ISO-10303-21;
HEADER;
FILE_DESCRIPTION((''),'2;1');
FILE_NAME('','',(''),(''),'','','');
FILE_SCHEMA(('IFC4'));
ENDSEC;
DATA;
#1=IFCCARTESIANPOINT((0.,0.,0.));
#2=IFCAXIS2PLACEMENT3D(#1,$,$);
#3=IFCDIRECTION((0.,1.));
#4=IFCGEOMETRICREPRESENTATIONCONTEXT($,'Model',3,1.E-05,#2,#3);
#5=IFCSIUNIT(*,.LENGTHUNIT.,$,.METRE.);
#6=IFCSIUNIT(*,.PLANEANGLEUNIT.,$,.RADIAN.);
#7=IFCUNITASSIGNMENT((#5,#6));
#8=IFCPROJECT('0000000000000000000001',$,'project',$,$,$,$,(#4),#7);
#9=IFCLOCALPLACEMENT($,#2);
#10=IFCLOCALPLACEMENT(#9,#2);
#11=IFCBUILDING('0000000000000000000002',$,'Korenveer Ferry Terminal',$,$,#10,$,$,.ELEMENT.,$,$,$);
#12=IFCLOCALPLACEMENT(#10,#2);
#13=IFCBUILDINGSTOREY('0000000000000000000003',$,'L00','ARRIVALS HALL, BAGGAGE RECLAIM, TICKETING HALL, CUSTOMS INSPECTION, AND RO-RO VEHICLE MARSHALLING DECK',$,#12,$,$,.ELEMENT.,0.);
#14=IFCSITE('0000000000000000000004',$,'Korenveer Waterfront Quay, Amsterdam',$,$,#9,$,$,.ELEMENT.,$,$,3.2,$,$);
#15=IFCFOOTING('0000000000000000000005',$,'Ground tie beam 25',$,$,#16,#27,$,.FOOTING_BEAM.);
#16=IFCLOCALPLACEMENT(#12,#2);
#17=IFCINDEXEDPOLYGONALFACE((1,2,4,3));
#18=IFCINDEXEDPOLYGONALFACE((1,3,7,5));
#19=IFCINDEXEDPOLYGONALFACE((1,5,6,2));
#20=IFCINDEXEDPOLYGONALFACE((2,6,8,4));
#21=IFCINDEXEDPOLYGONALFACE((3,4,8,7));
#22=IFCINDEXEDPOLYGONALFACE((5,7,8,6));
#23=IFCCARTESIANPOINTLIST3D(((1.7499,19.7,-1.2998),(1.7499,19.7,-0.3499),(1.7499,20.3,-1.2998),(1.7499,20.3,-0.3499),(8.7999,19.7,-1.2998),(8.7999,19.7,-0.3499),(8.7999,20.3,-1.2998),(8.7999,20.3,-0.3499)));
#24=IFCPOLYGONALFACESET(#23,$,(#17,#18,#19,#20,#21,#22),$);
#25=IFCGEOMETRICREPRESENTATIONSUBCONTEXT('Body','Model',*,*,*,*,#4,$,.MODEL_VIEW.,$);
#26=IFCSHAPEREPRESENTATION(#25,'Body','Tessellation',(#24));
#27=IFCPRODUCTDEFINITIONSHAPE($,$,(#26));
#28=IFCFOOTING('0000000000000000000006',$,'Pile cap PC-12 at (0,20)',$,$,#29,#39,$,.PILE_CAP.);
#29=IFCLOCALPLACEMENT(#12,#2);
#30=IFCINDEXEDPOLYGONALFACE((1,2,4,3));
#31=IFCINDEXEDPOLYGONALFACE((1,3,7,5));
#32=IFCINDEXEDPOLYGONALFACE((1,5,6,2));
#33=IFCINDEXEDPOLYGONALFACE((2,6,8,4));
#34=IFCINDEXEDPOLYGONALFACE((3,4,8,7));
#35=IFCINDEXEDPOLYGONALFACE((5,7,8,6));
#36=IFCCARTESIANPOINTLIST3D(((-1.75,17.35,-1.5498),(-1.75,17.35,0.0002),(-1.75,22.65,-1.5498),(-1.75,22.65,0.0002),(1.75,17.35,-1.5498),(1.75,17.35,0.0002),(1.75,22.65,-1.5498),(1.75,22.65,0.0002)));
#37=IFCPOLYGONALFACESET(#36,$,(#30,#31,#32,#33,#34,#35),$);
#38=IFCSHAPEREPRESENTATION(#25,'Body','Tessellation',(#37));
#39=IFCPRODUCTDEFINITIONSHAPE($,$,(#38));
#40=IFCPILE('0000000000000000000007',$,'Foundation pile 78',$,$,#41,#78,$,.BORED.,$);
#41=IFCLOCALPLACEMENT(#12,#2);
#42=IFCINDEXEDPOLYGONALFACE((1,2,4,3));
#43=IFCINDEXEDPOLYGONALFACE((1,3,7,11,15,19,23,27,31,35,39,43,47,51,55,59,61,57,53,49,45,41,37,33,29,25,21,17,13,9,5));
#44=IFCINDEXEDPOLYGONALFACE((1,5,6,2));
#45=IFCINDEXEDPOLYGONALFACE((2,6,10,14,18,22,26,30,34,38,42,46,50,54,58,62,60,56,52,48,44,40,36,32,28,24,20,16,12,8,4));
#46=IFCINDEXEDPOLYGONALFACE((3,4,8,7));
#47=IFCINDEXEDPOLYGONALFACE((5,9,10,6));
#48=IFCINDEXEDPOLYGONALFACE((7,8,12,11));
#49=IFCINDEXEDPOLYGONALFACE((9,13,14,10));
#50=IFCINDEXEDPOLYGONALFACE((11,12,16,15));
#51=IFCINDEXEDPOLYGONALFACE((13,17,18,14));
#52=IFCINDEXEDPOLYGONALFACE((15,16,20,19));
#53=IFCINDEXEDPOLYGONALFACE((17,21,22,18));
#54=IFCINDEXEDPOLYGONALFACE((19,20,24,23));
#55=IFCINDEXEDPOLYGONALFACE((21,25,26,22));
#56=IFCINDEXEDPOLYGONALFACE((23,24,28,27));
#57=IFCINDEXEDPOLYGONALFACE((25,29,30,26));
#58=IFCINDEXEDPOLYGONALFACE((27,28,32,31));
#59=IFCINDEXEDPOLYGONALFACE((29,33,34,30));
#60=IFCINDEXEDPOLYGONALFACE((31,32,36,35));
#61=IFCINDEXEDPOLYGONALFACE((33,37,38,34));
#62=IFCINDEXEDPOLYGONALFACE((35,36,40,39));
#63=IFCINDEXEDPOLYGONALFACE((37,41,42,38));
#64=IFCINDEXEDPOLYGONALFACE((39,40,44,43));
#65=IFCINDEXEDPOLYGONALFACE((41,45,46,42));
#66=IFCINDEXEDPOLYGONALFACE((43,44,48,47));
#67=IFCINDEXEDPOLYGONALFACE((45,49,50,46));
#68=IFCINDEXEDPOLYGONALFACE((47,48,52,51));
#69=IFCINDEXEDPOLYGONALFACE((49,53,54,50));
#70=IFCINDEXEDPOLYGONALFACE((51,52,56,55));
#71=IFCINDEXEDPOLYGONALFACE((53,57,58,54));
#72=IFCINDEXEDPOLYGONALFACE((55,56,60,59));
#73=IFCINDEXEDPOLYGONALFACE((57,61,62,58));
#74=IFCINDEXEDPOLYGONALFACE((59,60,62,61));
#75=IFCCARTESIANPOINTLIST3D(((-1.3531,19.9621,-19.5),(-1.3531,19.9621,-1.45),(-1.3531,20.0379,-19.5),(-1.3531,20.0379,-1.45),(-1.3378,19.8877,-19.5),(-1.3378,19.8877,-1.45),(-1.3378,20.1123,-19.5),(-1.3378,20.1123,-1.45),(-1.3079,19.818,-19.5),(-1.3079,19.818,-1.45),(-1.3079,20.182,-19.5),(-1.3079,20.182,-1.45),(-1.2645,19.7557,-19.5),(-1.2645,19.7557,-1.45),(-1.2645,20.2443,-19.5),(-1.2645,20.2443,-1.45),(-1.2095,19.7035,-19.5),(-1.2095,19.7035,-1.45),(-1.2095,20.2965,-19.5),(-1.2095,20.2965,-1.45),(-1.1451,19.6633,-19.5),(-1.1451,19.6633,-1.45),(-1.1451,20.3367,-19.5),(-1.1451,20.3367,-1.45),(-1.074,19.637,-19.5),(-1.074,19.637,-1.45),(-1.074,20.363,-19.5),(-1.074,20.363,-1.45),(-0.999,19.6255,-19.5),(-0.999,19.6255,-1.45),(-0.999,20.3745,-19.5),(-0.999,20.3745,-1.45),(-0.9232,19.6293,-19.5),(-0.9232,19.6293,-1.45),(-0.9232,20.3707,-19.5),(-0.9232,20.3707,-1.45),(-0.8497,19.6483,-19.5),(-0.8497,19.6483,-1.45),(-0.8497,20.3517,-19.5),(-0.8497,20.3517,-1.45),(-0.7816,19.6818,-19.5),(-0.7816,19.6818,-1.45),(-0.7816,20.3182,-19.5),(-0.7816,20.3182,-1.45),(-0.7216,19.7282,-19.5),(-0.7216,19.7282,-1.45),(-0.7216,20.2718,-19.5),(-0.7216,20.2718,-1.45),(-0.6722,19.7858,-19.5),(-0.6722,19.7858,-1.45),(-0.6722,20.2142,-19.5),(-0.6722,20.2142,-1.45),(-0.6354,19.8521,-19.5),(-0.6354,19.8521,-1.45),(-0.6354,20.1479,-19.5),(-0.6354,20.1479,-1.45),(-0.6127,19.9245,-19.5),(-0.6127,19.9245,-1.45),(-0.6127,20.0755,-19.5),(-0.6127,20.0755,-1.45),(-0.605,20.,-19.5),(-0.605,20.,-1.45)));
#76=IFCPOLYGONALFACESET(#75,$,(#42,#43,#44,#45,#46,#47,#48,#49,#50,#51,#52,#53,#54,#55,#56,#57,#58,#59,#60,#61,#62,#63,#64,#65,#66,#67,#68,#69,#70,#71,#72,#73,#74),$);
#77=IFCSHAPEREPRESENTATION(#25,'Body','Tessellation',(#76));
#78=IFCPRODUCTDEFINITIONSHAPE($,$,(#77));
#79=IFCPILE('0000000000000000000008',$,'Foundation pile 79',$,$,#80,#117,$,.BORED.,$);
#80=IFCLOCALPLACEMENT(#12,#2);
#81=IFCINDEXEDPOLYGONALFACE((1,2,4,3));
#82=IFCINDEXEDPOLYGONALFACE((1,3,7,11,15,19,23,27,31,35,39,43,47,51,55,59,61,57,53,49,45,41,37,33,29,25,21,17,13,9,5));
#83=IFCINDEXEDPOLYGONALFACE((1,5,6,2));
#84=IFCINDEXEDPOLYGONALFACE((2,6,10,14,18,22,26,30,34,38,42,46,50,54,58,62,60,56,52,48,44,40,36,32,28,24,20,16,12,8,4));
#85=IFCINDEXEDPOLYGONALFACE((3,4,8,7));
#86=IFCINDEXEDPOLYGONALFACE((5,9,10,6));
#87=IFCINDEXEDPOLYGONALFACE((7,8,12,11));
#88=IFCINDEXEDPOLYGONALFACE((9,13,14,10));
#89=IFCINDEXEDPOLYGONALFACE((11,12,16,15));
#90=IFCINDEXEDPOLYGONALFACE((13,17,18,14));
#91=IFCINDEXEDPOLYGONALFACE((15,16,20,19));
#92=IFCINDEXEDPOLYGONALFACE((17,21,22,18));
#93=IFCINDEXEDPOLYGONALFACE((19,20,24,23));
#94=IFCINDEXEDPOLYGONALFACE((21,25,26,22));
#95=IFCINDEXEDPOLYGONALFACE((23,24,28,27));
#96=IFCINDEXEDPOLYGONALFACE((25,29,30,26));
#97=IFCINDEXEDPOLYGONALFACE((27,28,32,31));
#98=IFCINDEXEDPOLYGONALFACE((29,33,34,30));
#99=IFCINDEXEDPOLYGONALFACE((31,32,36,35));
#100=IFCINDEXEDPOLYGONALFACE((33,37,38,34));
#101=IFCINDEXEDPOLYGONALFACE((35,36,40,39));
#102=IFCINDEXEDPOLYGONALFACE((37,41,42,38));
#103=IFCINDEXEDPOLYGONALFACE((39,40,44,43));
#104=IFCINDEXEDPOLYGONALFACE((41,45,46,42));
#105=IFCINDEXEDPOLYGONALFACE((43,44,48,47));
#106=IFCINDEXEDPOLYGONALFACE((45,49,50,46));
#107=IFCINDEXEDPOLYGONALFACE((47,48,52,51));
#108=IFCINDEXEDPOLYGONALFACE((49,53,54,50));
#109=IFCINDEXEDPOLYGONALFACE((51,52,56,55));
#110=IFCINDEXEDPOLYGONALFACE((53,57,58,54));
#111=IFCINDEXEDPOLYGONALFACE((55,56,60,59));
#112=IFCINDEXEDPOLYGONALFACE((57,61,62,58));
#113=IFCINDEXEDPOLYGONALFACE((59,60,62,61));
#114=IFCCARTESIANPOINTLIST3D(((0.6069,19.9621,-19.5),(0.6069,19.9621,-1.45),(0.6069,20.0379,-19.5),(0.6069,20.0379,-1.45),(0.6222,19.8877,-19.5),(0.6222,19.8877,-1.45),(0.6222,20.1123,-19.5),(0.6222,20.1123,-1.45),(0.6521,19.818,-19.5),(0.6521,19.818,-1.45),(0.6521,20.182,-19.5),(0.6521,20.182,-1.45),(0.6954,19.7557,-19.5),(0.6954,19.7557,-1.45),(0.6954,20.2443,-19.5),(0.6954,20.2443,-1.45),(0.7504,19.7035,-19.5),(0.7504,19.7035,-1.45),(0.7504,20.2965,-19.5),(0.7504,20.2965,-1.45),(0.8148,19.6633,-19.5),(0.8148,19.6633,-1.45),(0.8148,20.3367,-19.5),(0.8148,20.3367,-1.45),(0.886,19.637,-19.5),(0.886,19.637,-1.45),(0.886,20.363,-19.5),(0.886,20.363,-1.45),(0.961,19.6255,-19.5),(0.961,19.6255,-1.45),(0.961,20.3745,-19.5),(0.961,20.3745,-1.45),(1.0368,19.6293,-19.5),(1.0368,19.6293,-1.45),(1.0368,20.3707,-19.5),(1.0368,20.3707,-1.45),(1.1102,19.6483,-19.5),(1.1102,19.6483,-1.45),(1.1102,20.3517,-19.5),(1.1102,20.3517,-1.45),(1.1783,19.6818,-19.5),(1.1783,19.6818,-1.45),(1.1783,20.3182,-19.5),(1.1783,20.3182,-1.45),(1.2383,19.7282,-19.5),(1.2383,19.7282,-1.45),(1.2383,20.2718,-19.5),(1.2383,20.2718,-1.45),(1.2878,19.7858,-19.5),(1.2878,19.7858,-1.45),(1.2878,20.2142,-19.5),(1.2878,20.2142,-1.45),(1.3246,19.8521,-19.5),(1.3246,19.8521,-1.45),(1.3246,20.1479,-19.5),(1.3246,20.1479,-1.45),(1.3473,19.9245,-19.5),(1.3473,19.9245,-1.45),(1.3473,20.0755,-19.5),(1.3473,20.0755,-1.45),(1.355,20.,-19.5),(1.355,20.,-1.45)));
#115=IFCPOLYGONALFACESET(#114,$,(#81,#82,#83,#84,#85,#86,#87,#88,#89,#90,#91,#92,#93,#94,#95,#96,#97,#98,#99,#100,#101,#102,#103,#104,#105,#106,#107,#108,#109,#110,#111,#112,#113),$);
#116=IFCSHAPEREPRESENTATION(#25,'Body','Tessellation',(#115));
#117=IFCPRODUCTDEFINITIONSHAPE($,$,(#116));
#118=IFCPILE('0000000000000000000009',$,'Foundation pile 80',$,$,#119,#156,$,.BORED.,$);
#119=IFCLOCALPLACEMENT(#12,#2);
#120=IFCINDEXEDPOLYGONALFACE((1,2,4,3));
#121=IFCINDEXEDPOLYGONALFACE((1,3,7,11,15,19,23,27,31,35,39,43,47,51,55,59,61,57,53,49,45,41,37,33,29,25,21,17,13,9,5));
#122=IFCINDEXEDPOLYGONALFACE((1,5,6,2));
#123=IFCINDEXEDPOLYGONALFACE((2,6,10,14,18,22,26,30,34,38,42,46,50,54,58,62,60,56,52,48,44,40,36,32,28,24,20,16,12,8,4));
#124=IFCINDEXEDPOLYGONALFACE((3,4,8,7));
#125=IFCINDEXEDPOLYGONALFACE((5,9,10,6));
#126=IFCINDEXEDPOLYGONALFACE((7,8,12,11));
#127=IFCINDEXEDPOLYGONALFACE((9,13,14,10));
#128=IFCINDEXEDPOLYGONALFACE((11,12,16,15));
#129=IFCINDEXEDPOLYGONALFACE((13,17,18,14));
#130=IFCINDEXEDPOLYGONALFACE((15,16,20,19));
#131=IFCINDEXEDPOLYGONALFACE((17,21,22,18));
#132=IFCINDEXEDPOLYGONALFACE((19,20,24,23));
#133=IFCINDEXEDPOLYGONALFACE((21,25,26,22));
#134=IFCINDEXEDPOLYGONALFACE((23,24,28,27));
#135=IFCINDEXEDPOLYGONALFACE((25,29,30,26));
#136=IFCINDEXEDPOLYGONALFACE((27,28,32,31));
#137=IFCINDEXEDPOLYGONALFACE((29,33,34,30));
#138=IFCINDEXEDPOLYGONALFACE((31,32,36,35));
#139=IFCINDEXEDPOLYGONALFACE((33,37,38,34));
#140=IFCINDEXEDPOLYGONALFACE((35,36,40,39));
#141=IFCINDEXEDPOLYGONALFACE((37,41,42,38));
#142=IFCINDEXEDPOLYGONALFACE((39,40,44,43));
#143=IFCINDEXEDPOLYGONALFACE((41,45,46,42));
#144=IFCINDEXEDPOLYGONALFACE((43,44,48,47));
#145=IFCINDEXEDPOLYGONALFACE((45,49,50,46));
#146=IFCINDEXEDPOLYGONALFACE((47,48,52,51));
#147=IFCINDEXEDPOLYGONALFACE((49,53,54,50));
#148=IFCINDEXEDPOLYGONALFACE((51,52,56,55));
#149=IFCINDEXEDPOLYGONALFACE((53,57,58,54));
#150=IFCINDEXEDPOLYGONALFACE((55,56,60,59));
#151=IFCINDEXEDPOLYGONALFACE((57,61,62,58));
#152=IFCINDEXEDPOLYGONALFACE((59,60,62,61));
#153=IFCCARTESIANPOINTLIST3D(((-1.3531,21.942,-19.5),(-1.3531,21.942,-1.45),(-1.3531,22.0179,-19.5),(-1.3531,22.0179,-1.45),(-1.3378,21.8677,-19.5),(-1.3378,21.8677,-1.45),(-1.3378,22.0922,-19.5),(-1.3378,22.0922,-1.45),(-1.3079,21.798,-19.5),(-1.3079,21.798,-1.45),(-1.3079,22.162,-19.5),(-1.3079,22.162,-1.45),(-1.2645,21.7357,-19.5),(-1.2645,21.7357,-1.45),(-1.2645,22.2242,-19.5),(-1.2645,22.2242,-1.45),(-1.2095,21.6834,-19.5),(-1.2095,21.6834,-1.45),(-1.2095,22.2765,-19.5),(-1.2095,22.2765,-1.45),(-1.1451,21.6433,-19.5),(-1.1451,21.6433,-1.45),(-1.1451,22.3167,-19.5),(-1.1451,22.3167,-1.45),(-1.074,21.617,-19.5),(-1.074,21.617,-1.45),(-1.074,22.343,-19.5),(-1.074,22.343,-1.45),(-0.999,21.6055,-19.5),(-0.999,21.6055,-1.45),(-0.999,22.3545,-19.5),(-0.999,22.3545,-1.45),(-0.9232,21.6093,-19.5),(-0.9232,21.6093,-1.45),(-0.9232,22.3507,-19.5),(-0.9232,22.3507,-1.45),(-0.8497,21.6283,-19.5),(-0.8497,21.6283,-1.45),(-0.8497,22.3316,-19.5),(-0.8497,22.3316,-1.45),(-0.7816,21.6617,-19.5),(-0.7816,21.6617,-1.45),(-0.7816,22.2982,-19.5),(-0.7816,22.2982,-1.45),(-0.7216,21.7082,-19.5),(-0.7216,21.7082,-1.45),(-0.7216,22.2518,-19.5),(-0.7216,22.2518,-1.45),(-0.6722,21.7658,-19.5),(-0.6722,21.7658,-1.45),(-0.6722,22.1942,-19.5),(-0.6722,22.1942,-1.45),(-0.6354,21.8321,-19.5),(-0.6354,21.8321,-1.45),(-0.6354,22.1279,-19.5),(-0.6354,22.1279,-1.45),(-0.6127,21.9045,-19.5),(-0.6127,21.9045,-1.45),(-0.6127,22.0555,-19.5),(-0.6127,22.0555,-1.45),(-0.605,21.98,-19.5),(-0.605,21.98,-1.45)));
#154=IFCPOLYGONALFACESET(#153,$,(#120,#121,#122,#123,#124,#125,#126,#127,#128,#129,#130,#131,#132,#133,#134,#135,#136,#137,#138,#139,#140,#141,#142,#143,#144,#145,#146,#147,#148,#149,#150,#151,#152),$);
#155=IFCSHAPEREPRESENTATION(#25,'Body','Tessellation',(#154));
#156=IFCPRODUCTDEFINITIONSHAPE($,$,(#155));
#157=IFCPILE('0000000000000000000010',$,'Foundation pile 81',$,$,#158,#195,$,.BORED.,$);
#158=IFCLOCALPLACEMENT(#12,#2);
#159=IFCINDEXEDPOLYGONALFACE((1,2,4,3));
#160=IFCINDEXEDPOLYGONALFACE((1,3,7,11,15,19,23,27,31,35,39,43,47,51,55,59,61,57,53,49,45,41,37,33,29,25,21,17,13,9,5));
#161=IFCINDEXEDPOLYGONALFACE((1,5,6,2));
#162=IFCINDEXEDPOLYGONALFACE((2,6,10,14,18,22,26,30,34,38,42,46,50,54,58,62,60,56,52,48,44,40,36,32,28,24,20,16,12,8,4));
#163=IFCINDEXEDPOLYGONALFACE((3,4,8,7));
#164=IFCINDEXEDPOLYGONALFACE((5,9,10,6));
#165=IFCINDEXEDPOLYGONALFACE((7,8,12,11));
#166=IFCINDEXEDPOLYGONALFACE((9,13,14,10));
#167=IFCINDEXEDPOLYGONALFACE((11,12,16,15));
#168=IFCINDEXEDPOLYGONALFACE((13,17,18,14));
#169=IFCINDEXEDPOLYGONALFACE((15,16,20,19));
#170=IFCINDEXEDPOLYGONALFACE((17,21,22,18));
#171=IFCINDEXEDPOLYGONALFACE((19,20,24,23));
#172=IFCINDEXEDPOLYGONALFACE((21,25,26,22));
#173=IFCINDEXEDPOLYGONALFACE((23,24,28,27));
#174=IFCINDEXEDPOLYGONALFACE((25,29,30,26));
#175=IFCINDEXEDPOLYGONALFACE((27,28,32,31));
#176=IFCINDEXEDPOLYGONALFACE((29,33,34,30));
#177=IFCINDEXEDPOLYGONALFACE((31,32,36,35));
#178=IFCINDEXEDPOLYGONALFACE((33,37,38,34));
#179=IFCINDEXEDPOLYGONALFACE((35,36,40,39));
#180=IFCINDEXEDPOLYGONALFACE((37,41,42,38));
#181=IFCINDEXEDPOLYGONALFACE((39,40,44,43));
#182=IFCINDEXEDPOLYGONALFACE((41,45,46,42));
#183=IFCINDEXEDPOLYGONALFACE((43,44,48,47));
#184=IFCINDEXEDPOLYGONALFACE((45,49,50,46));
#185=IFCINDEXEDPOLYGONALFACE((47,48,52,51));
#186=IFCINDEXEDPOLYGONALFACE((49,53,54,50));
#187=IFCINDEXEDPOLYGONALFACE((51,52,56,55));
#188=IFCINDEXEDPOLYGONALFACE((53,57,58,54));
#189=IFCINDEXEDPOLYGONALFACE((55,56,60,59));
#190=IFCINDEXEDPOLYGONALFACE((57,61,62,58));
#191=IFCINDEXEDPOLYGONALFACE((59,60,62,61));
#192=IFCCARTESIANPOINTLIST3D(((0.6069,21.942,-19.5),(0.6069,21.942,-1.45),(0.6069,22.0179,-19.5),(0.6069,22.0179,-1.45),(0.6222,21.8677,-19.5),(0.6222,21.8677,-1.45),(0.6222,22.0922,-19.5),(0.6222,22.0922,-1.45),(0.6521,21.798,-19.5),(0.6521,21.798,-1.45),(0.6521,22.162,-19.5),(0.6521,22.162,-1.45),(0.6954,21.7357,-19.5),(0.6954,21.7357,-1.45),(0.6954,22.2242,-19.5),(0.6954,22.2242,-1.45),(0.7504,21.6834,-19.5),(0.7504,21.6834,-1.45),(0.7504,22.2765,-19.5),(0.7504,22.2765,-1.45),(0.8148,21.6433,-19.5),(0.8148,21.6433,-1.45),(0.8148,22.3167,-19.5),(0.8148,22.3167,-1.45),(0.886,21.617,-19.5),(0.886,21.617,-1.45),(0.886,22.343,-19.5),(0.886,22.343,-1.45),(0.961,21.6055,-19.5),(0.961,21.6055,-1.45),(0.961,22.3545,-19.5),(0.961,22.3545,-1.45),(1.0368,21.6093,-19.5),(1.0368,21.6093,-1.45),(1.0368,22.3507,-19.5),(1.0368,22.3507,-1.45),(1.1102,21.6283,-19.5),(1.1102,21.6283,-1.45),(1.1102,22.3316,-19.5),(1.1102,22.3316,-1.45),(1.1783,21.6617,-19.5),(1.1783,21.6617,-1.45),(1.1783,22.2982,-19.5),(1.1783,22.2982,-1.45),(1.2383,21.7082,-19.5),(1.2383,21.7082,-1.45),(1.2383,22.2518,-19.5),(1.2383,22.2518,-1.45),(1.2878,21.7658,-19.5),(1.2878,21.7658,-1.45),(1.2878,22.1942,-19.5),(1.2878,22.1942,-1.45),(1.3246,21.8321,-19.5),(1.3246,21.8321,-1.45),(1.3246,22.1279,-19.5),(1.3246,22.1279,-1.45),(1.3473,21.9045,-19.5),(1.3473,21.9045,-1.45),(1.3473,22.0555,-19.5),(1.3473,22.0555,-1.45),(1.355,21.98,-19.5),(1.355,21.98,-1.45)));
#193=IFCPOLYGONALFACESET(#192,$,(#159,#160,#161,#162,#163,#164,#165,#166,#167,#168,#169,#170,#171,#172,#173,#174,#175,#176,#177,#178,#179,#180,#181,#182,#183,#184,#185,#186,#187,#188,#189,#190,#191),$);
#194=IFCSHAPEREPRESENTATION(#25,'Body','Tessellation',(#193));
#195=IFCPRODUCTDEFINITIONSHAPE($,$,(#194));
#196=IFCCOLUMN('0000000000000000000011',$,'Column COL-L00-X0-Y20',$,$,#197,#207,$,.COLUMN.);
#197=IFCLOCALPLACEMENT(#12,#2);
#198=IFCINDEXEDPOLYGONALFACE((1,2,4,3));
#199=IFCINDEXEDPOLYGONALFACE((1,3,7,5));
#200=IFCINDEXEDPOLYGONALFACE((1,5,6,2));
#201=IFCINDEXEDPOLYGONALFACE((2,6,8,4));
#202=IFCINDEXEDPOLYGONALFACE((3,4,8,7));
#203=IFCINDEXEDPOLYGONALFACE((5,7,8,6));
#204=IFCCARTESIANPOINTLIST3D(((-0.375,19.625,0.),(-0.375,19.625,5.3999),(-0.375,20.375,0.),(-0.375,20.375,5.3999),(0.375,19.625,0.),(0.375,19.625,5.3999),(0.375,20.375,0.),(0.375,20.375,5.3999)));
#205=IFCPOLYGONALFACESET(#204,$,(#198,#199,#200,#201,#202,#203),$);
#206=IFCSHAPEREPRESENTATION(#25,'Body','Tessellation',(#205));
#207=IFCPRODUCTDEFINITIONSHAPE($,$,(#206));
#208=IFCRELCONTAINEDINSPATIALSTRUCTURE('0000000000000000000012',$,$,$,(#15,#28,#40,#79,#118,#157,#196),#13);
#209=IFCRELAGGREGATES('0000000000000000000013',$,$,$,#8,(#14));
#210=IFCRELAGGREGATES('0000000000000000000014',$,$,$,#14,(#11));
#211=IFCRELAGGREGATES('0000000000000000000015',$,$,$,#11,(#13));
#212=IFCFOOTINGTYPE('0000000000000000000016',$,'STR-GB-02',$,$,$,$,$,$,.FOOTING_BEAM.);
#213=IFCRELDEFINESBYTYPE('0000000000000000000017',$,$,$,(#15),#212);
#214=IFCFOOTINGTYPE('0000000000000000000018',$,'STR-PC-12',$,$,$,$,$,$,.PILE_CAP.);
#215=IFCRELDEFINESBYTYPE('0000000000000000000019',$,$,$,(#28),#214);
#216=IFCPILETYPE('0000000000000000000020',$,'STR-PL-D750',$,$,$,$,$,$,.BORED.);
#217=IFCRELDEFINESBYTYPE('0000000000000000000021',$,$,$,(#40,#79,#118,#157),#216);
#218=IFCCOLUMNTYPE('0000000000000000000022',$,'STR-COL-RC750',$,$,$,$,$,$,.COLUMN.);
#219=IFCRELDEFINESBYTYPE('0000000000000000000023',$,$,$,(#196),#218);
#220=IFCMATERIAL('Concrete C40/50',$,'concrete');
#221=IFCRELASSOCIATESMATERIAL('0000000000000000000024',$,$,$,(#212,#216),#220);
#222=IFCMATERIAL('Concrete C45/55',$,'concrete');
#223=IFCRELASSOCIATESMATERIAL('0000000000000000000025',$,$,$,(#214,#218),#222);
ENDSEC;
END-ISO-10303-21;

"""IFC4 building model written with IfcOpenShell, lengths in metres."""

from ifc_helpers import new_model, si_unit, direction, frame, origin, origin_2d, place, context, subcontext, project, spatial, rectangle, circle, extrude, material, material_profile, profile_set, type_object, element, save


model = new_model("IFC4")

# Units and contexts
model_context = context("Model", 3, precision=1e-05, world=origin(), true_north=direction((0.0, 1.0)))
body_context = subcontext(model_context, "Body", "Model", "MODEL_VIEW")
ifc_project = project(units=[si_unit("LENGTHUNIT", "METRE"), si_unit("PLANEANGLEUNIT", "RADIAN")], contexts=[model_context])

# Site, building, storey
site_placement = place(None, origin())
site = spatial("IfcSite", under=ifc_project, at=site_placement, Name="Korenveer Waterfront Quay, Amsterdam", CompositionType="ELEMENT", RefElevation=3.2)
building_placement = place(site_placement, origin())
building = spatial("IfcBuilding", under=site, at=building_placement, Name="Korenveer Ferry Terminal", CompositionType="ELEMENT")
storey_placement = place(building_placement, origin())
storey = spatial("IfcBuildingStorey", under=building, at=storey_placement, Name="L00", Description="ARRIVALS HALL, BAGGAGE RECLAIM, TICKETING HALL, CUSTOMS INSPECTION, AND RO-RO VEHICLE MARSHALLING DECK", CompositionType="ELEMENT", Elevation=0.0)

# Footings
ifc_material_1 = material(Name="Concrete C40/50", Category="concrete")
footing_type_1 = type_object("IfcFootingType", Name="STR-GB-02", PredefinedType="FOOTING_BEAM", material=ifc_material_1)
footing_1_placement = place(storey_placement, frame((5.2749, 20.0, -1.2998), z_axis=(0.0, 0.0, 1.0), x_axis=(1.0, 0.0, 0.0)))
element("IfcFooting", 1, at=footing_1_placement, inside=storey, type_object=footing_type_1, Name="Ground tie beam 25", PredefinedType="FOOTING_BEAM", context=body_context, shape_type="SweptSolid", body=[
    extrude(rectangle(XDim=7.05, YDim=0.6001, at=origin_2d()), origin(), (0.0, 0.0, 1.0), 0.95),
])
ifc_material_2 = material(Name="Concrete C45/55", Category="concrete")
footing_type_2 = type_object("IfcFootingType", Name="STR-PC-12", PredefinedType="PILE_CAP", material=ifc_material_2)
footing_2_placement = place(storey_placement, frame((0.0, 20.0, -1.5498), z_axis=(0.0, 0.0, 1.0), x_axis=(1.0, 0.0, 0.0)))
element("IfcFooting", 2, at=footing_2_placement, inside=storey, type_object=footing_type_2, Name="Pile cap PC-12 at (0,20)", PredefinedType="PILE_CAP", context=body_context, shape_type="SweptSolid", body=[
    extrude(rectangle(XDim=3.5, YDim=5.3, at=origin_2d()), origin(), (0.0, 0.0, 1.0), 1.55),
])

# Piles
ifc_material_profile_1 = material_profile(ifc_material_1, circle(Radius=0.375, at=origin_2d()), Name="PILE D750")
ifc_profile_set_1 = profile_set([ifc_material_profile_1], Name="Concrete C40/50")
pile_type = type_object("IfcPileType", Name="STR-PL-D750", PredefinedType="BORED", material=ifc_profile_set_1)
for number, where, z_axis, x_axis, name in (
    (3, (-0.98, 20.0, -1.45), (0.0, 0.0, -1.0), (1.0, 0.0, 0.0), "Foundation pile 78"),
    (4, (0.98, 20.0, -1.45), (0.0, 0.0, -1.0), (1.0, 0.0, 0.0), "Foundation pile 79"),
    (5, (-0.98, 21.98, -1.45), (0.0, 0.0, -1.0), (1.0, 0.0, 0.0), "Foundation pile 80"),
    (6, (0.98, 21.98, -1.45), (0.0, 0.0, -1.0), (1.0, 0.0, 0.0), "Foundation pile 81"),
):
    element("IfcPile", number, at=place(storey_placement, frame(where, z_axis=z_axis, x_axis=x_axis)), inside=storey, type_object=pile_type, Name=name, PredefinedType="BORED", context=body_context, shape_type="SweptSolid", body=[
        extrude(circle(Radius=0.375, at=origin_2d()), origin(), (0.0, 0.0, 1.0), 18.05),
    ])

# Column
ifc_material_profile_2 = material_profile(ifc_material_2, rectangle(XDim=0.75, YDim=0.75, at=origin_2d()), Name="RC 750x750")
ifc_profile_set_2 = profile_set([ifc_material_profile_2], Name="Concrete C45/55")
column_type_1 = type_object("IfcColumnType", Name="STR-COL-RC750", PredefinedType="COLUMN", material=ifc_profile_set_2)
column_1_placement = place(storey_placement, frame((0.0, 20.0, 0.0), z_axis=(0.0, 0.0, 1.0), x_axis=(1.0, 0.0, 0.0)))
element("IfcColumn", 7, at=column_1_placement, inside=storey, type_object=column_type_1, Name="Column COL-L00-X0-Y20", PredefinedType="COLUMN", context=body_context, shape_type="SweptSolid", body=[
    extrude(rectangle(XDim=0.75, YDim=0.75, at=origin_2d()), origin(), (0.0, 0.0, 1.0), 5.3999),
])

save(model, "model.ifc")
